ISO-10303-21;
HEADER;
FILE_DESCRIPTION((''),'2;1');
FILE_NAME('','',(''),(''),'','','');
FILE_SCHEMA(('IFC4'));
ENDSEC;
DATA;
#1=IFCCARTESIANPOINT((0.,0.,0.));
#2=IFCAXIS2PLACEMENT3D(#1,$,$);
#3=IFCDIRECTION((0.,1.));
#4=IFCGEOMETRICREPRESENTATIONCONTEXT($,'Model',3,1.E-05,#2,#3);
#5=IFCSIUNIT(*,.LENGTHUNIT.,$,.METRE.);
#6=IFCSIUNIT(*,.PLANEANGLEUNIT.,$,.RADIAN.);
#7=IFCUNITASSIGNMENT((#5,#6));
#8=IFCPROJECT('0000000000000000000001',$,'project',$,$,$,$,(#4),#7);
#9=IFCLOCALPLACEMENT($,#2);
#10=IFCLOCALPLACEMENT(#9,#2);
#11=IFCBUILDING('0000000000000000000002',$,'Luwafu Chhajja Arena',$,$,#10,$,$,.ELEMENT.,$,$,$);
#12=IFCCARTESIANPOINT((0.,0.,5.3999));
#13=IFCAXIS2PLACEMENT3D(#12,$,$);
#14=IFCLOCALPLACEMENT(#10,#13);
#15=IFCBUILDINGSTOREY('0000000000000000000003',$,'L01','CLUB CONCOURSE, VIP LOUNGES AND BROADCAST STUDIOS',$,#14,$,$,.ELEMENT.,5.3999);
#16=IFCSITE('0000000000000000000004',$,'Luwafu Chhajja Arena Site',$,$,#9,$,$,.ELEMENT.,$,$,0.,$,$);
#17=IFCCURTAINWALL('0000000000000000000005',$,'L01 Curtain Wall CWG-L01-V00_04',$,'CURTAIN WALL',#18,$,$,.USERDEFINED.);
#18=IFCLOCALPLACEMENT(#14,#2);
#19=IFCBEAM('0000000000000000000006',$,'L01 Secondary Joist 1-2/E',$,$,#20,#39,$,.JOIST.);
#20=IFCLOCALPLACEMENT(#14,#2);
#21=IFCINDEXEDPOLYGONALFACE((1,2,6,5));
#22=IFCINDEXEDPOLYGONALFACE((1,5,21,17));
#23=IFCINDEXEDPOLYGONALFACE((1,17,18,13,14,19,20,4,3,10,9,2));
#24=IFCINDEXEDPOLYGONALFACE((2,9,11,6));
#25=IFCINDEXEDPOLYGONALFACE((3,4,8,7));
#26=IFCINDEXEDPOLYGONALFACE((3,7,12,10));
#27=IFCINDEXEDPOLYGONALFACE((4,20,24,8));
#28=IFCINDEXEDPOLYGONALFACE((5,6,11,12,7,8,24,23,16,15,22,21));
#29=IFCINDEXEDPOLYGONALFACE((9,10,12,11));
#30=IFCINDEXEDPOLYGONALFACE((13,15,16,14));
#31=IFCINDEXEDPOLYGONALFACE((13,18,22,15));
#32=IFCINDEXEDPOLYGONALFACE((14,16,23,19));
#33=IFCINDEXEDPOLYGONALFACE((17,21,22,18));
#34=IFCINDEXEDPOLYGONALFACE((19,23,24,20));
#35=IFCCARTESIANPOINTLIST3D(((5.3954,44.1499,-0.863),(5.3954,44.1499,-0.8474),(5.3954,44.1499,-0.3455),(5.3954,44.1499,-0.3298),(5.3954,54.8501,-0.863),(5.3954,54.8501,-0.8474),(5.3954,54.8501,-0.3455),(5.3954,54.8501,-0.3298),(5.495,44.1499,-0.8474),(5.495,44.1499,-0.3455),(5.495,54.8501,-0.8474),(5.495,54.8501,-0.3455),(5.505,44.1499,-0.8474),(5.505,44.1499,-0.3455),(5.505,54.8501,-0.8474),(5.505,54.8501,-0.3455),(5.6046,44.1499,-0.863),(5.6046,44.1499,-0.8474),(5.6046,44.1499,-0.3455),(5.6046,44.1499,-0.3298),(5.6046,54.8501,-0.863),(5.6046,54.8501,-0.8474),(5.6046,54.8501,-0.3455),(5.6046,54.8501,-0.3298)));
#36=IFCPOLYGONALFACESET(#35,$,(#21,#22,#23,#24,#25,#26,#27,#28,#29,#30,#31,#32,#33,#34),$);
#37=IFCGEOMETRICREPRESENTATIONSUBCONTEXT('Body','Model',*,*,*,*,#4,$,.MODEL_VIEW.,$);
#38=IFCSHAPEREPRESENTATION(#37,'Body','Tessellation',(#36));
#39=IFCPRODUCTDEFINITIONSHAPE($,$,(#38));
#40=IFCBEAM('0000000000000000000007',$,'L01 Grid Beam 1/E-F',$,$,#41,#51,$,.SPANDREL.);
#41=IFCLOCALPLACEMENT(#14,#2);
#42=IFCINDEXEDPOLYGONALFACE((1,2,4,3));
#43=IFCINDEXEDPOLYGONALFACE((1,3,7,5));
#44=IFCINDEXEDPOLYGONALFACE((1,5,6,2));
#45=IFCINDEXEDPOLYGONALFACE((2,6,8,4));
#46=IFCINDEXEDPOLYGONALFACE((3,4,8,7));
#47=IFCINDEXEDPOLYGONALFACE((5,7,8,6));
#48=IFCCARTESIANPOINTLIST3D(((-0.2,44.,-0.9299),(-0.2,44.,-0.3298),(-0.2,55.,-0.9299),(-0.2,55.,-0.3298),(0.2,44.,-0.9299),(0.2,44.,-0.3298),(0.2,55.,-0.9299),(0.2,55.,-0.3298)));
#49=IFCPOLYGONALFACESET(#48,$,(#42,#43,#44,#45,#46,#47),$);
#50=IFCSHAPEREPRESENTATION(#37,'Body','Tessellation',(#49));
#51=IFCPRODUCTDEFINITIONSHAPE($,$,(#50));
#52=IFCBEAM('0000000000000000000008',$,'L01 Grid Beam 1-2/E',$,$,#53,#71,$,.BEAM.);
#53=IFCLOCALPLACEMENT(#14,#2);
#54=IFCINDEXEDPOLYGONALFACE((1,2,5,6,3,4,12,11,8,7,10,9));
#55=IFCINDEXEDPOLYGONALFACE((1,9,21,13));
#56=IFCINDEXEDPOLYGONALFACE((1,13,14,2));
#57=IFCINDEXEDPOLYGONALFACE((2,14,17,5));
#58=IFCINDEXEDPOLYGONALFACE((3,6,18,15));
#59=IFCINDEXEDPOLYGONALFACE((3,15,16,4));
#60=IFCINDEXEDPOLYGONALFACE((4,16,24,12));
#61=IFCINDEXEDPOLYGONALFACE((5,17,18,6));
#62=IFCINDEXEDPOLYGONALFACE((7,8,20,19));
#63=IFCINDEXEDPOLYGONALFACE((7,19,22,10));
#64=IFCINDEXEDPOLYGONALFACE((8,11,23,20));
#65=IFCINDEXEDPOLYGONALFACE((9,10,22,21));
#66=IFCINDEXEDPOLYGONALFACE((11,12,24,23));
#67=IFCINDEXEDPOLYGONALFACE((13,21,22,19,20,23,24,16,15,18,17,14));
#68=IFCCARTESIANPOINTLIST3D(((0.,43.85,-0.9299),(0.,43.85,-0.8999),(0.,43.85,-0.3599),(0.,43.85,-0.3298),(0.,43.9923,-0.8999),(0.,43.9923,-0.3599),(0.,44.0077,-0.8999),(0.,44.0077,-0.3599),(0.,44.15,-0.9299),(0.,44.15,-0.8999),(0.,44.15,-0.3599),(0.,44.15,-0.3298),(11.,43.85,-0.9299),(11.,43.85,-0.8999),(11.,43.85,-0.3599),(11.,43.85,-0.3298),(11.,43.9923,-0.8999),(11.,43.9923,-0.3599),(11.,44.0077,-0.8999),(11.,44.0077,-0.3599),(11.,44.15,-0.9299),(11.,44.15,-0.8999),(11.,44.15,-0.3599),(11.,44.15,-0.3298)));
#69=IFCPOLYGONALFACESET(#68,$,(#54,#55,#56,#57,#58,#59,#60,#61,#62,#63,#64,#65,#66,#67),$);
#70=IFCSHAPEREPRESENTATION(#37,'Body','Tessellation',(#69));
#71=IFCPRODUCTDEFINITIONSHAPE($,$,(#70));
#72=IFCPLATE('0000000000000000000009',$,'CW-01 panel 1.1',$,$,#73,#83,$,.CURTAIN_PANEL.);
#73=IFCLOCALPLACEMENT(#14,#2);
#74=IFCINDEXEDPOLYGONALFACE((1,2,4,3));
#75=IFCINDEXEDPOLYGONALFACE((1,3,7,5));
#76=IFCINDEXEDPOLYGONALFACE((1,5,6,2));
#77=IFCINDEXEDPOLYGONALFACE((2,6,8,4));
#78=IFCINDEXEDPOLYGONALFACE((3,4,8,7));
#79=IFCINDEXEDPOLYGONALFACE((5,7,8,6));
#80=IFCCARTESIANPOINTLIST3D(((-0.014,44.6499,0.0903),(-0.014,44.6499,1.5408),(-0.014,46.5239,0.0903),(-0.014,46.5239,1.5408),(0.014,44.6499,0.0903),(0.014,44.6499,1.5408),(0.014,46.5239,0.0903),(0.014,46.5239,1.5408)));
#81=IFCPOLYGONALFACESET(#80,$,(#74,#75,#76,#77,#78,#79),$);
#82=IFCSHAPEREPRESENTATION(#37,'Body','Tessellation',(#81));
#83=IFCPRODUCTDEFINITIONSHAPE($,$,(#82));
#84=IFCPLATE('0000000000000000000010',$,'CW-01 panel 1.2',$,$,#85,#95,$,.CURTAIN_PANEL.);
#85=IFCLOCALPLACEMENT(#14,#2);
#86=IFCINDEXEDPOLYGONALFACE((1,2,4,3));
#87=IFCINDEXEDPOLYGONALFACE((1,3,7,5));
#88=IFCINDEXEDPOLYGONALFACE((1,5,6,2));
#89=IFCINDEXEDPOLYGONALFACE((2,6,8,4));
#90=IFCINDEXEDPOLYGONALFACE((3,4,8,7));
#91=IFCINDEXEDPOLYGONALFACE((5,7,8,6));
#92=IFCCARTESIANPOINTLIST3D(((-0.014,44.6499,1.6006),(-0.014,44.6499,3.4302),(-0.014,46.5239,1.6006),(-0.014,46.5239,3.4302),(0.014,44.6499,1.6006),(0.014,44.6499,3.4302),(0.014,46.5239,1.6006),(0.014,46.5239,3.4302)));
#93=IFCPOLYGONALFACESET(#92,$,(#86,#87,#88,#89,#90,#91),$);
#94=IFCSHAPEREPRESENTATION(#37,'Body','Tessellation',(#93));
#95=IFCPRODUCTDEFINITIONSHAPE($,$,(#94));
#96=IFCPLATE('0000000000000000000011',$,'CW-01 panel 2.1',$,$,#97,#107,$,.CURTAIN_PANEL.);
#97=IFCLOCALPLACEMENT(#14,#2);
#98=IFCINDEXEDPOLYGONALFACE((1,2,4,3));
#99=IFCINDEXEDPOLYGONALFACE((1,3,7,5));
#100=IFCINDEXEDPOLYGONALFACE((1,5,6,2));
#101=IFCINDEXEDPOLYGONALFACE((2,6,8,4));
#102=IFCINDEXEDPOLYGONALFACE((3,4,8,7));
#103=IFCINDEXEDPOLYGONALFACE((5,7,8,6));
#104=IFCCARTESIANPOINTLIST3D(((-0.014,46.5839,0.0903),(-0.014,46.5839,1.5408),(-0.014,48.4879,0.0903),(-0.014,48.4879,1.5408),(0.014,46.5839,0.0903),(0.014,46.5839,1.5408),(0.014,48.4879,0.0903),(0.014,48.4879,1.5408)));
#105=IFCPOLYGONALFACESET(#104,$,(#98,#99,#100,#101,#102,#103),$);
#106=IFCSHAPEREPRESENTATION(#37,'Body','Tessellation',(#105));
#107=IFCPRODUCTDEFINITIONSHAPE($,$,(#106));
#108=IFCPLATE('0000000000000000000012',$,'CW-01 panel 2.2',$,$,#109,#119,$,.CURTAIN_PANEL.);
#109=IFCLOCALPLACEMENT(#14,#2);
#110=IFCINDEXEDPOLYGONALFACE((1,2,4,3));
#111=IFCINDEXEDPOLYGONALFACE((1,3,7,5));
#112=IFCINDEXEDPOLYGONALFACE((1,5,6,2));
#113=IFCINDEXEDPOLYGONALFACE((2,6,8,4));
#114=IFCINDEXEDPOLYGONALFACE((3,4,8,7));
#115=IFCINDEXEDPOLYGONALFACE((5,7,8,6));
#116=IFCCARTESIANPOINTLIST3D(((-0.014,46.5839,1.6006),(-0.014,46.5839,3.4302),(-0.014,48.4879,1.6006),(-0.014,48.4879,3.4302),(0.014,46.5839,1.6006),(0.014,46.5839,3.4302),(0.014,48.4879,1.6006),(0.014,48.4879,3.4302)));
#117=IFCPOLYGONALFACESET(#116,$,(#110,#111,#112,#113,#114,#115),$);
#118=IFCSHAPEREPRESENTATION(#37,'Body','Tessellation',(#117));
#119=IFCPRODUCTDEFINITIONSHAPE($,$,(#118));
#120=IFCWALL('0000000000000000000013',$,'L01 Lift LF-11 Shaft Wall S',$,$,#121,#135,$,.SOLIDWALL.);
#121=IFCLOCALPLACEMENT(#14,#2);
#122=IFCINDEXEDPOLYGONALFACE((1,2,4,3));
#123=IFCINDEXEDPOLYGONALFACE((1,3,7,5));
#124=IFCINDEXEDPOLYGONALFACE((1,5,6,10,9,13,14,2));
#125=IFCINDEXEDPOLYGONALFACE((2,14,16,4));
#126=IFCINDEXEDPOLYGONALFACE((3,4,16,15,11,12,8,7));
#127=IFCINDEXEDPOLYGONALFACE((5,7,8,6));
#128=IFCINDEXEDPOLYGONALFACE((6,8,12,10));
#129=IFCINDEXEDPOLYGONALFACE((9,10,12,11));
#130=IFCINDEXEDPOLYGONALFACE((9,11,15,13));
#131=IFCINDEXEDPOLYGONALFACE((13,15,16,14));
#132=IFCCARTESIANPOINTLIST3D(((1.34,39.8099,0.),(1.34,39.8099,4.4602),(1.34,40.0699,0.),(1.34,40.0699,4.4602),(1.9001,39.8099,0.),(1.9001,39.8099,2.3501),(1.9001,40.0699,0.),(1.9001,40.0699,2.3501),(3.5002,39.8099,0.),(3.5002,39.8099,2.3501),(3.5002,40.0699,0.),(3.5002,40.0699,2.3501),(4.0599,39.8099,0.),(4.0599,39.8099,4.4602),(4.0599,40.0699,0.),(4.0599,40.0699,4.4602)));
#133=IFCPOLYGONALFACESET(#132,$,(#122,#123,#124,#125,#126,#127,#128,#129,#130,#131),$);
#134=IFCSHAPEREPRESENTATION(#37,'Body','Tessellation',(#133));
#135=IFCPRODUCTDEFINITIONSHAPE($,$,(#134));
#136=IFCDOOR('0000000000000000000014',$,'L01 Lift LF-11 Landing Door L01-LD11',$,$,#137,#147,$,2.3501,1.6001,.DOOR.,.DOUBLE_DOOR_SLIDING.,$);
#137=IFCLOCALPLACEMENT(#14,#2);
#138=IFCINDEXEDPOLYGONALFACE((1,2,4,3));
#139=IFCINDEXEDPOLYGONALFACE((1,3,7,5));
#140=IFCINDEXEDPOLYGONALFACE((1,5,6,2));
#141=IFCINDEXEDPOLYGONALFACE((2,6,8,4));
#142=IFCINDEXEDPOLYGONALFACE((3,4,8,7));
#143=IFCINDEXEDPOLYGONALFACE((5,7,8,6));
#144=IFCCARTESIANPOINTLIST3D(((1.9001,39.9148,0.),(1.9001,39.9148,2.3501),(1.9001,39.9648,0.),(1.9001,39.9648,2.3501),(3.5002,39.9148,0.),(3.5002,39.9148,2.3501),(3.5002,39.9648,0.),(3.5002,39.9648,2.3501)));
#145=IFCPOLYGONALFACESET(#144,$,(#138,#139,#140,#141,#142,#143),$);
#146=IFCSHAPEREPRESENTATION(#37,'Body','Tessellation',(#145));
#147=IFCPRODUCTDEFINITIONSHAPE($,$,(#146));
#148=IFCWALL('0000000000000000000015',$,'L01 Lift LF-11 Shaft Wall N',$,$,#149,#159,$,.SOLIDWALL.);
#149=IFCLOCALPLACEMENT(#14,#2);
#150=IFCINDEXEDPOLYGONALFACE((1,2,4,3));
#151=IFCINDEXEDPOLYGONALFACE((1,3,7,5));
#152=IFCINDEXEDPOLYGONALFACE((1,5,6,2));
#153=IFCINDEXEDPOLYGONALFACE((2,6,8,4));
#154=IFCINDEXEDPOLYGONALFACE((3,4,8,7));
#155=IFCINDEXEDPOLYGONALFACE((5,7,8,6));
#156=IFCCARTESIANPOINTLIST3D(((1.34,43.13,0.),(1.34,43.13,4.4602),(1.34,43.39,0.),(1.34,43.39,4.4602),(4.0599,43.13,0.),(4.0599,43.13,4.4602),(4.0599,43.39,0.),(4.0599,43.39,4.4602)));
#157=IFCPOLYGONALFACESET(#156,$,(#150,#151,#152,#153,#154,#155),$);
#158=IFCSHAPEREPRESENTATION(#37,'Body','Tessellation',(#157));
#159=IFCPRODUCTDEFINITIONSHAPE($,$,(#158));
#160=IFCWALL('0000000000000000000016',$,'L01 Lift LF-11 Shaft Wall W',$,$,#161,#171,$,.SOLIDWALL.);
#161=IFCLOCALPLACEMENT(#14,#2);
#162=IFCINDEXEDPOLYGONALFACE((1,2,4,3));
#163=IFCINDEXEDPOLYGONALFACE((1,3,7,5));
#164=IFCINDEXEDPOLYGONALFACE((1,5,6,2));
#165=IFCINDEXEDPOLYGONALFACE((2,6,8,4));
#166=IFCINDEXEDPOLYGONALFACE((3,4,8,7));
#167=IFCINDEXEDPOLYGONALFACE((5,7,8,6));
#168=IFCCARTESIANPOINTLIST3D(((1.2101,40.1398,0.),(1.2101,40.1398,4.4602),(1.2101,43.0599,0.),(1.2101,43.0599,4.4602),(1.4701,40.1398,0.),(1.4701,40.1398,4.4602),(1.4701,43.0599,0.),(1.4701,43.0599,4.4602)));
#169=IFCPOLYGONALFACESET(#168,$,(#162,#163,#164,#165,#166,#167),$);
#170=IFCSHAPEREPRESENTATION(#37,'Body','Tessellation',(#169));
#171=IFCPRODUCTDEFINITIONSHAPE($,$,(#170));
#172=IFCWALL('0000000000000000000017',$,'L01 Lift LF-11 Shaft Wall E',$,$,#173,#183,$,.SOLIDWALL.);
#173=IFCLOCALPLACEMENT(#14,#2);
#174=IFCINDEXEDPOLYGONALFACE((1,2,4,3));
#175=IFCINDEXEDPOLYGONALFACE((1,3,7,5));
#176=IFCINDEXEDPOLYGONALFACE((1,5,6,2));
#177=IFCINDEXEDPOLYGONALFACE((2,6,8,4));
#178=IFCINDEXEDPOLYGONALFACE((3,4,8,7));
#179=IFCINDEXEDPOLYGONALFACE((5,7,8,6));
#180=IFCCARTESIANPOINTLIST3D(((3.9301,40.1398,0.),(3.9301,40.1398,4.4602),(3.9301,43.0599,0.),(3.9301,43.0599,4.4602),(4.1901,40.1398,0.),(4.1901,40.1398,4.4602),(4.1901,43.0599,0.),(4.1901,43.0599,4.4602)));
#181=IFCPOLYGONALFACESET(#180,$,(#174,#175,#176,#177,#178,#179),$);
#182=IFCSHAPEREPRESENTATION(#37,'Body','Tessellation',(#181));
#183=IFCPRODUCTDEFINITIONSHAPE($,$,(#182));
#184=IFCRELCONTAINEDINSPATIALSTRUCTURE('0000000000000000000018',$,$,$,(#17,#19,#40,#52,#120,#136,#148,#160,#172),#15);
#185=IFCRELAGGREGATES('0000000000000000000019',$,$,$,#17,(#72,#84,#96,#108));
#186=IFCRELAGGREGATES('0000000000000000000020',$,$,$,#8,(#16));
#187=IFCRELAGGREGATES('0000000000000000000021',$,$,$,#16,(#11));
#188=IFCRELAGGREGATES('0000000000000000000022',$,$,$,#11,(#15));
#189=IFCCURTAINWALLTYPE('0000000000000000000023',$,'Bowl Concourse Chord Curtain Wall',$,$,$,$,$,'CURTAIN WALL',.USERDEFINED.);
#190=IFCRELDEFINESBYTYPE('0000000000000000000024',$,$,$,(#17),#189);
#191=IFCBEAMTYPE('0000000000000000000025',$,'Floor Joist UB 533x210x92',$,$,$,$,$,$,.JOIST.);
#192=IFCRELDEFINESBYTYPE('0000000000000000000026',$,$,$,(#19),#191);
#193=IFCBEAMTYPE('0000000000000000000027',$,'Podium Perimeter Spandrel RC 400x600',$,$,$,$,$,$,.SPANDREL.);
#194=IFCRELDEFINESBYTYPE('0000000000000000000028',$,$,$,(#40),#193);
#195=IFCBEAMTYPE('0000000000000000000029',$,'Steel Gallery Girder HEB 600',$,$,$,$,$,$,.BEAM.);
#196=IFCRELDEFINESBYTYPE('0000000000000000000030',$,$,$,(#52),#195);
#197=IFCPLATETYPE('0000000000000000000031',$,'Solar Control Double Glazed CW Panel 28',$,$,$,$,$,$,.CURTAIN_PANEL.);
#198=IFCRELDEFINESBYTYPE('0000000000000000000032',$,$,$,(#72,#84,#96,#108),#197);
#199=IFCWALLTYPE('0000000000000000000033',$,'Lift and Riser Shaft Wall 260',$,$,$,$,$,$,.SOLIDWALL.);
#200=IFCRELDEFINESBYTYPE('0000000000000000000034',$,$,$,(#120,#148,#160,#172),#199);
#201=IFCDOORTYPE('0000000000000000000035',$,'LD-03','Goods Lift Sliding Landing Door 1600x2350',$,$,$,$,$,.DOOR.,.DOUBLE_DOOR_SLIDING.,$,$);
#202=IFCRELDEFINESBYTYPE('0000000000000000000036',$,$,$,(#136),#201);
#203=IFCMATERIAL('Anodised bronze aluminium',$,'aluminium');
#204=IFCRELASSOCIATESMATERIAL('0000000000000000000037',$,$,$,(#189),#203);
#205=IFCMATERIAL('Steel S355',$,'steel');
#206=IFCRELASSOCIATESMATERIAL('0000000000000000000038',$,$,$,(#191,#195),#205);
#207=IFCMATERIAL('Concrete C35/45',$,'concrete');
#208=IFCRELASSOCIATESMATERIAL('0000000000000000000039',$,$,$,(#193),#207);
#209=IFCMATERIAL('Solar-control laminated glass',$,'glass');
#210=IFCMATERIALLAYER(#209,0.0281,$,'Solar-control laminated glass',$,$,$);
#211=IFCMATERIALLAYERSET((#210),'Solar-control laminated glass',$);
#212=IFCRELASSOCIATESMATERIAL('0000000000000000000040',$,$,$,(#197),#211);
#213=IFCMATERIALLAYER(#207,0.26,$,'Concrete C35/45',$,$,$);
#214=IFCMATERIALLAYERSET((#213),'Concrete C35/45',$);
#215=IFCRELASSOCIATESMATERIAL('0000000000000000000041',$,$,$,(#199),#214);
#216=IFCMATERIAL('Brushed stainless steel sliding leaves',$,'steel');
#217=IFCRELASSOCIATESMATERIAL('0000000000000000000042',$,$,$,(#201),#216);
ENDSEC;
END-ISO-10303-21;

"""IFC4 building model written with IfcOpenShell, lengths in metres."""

from ifc_helpers import new_model, si_unit, direction, frame, frame_2d, origin, origin_2d, place, context, subcontext, project, spatial, rectangle, i_section, extrude, material, layer, layer_set, material_profile, profile_set, type_object, element, fill, aggregate, save


model = new_model("IFC4")

# Units and contexts
model_context = context("Model", 3, precision=1e-05, world=origin(), true_north=direction((0.0, 1.0)))
body_context = subcontext(model_context, "Body", "Model", "MODEL_VIEW")
ifc_project = project(units=[si_unit("LENGTHUNIT", "METRE"), si_unit("PLANEANGLEUNIT", "RADIAN")], contexts=[model_context])

# Site, building, storey
site_placement = place(None, origin())
site = spatial("IfcSite", under=ifc_project, at=site_placement, Name="Luwafu Chhajja Arena Site", CompositionType="ELEMENT", RefElevation=0.0)
building_placement = place(site_placement, origin())
building = spatial("IfcBuilding", under=site, at=building_placement, Name="Luwafu Chhajja Arena", CompositionType="ELEMENT")
storey_placement = place(building_placement, frame((0.0, 0.0, 5.3999)))
storey = spatial("IfcBuildingStorey", under=building, at=storey_placement, Name="L01", Description="CLUB CONCOURSE, VIP LOUNGES AND BROADCAST STUDIOS", CompositionType="ELEMENT", Elevation=5.3999)

# Curtain wall
ifc_material_1 = material(Name="Anodised bronze aluminium", Category="aluminium")
curtain_wall_type = type_object("IfcCurtainWallType", Name="Bowl Concourse Chord Curtain Wall", ElementType="CURTAIN WALL", PredefinedType="USERDEFINED", material=ifc_material_1)
curtain_wall_placement = place(storey_placement, origin())
curtain_wall = element("IfcCurtainWall", 1, at=curtain_wall_placement, inside=storey, type_object=curtain_wall_type, Name="L01 Curtain Wall CWG-L01-V00_04", ObjectType="CURTAIN WALL", PredefinedType="USERDEFINED")

# Beams
ifc_material_2 = material(Name="Steel S355", Category="steel")
ifc_material_profile_1 = material_profile(ifc_material_2, i_section(OverallWidth=0.2092, OverallDepth=0.5332, WebThickness=0.01, FlangeThickness=0.0156, at=origin_2d()), Name="UB 533x210x92")
ifc_profile_set_1 = profile_set([ifc_material_profile_1], Name="Steel S355")
beam_type_1 = type_object("IfcBeamType", Name="Floor Joist UB 533x210x92", PredefinedType="JOIST", material=ifc_profile_set_1)
beam_1_placement = place(storey_placement, frame((5.5, 44.1499, -0.5964), z_axis=(0.0, 1.0, 0.0), x_axis=(-1.0, 0.0, 0.0)))
element("IfcBeam", 2, at=beam_1_placement, inside=storey, type_object=beam_type_1, Name="L01 Secondary Joist 1-2/E", PredefinedType="JOIST", context=body_context, shape_type="SweptSolid", body=[
    extrude(i_section(OverallWidth=0.2092, OverallDepth=0.5332, WebThickness=0.01, FlangeThickness=0.0156, at=origin_2d()), origin(), (0.0, 0.0, 1.0), 10.7002),
])
ifc_material_3 = material(Name="Concrete C35/45", Category="concrete")
ifc_material_profile_2 = material_profile(ifc_material_3, rectangle(XDim=0.3999, YDim=0.6001, at=origin_2d()), Name="RC 400x600")
ifc_profile_set_2 = profile_set([ifc_material_profile_2], Name="Concrete C35/45")
beam_type_2 = type_object("IfcBeamType", Name="Podium Perimeter Spandrel RC 400x600", PredefinedType="SPANDREL", material=ifc_profile_set_2)
beam_2_placement = place(storey_placement, frame((0.0, 44.0, -0.6299), z_axis=(0.0, 1.0, 0.0), x_axis=(-1.0, 0.0, 0.0)))
element("IfcBeam", 3, at=beam_2_placement, inside=storey, type_object=beam_type_2, Name="L01 Grid Beam 1/E-F", PredefinedType="SPANDREL", context=body_context, shape_type="SweptSolid", body=[
    extrude(rectangle(XDim=0.3999, YDim=0.6001, at=origin_2d()), origin(), (0.0, 0.0, 1.0), 11.0),
])
ifc_material_profile_3 = material_profile(ifc_material_2, i_section(OverallWidth=0.3, OverallDepth=0.6001, WebThickness=0.0154, FlangeThickness=0.03, at=origin_2d()), Name="HEB 600")
ifc_profile_set_3 = profile_set([ifc_material_profile_3], Name="Steel S355")
beam_type_3 = type_object("IfcBeamType", Name="Steel Gallery Girder HEB 600", PredefinedType="BEAM", material=ifc_profile_set_3)
beam_3_placement = place(storey_placement, frame((0.0, 44.0, -0.6299), z_axis=(1.0, 0.0, 0.0), x_axis=(0.0, 1.0, 0.0)))
element("IfcBeam", 4, at=beam_3_placement, inside=storey, type_object=beam_type_3, Name="L01 Grid Beam 1-2/E", PredefinedType="BEAM", context=body_context, shape_type="SweptSolid", body=[
    extrude(i_section(OverallWidth=0.3, OverallDepth=0.6001, WebThickness=0.0154, FlangeThickness=0.03, at=origin_2d()), origin(), (0.0, 0.0, 1.0), 11.0),
])

# Plates
ifc_material_4 = material(Name="Solar-control laminated glass", Category="glass")
ifc_layer_1 = layer(ifc_material_4, 0.0281, Name="Solar-control laminated glass")
ifc_layer_set_1 = layer_set([ifc_layer_1], Name="Solar-control laminated glass")
plate_type = type_object("IfcPlateType", Name="Solar Control Double Glazed CW Panel 28", PredefinedType="CURTAIN_PANEL", material=ifc_layer_set_1)
plate_1_placement = place(storey_placement, frame((0.0, 45.5869, 0.0903), z_axis=(0.0, 0.0, 1.0), x_axis=(0.0, 1.0, 0.0)))
plate_1 = element("IfcPlate", 5, at=plate_1_placement, type_object=plate_type, Name="CW-01 panel 1.1", PredefinedType="CURTAIN_PANEL", context=body_context, shape_type="SweptSolid", body=[
    extrude(rectangle(XDim=1.874, YDim=0.0281, at=origin_2d()), origin(), (0.0, 0.0, 1.0), 1.4504),
])
plate_2_placement = place(storey_placement, frame((0.0, 45.5869, 1.6006), z_axis=(0.0, 0.0, 1.0), x_axis=(0.0, 1.0, 0.0)))
plate_2 = element("IfcPlate", 6, at=plate_2_placement, type_object=plate_type, Name="CW-01 panel 1.2", PredefinedType="CURTAIN_PANEL", context=body_context, shape_type="SweptSolid", body=[
    extrude(rectangle(XDim=1.874, YDim=0.0281, at=origin_2d()), origin(), (0.0, 0.0, 1.0), 1.8296),
])
plate_3_placement = place(storey_placement, frame((0.0, 47.5359, 0.0903), z_axis=(0.0, 0.0, 1.0), x_axis=(0.0, 1.0, 0.0)))
plate_3 = element("IfcPlate", 7, at=plate_3_placement, type_object=plate_type, Name="CW-01 panel 2.1", PredefinedType="CURTAIN_PANEL", context=body_context, shape_type="SweptSolid", body=[
    extrude(rectangle(XDim=1.9041, YDim=0.0281, at=origin_2d()), origin(), (0.0, 0.0, 1.0), 1.4504),
])
plate_4_placement = place(storey_placement, frame((0.0, 47.5359, 1.6006), z_axis=(0.0, 0.0, 1.0), x_axis=(0.0, 1.0, 0.0)))
plate_4 = element("IfcPlate", 8, at=plate_4_placement, type_object=plate_type, Name="CW-01 panel 2.2", PredefinedType="CURTAIN_PANEL", context=body_context, shape_type="SweptSolid", body=[
    extrude(rectangle(XDim=1.9041, YDim=0.0281, at=origin_2d()), origin(), (0.0, 0.0, 1.0), 1.8296),
])
aggregate(curtain_wall, [plate_1, plate_2, plate_3, plate_4])

# Wall, opening, door
ifc_layer_2 = layer(ifc_material_3, 0.26, Name="Concrete C35/45")
ifc_layer_set_2 = layer_set([ifc_layer_2], Name="Concrete C35/45")
wall_type_1 = type_object("IfcWallType", Name="Lift and Riser Shaft Wall 260", PredefinedType="SOLIDWALL", material=ifc_layer_set_2)
wall_1_placement = place(storey_placement, frame((1.3401, 39.9399, 0.0), z_axis=(0.0, 0.0, 1.0), x_axis=(1.0, 0.0, 0.0)))
wall_1 = element("IfcWall", 9, at=wall_1_placement, inside=storey, type_object=wall_type_1, Name="L01 Lift LF-11 Shaft Wall S", PredefinedType="SOLIDWALL", context=body_context, shape_type="SweptSolid", body=[
    extrude(rectangle(XDim=2.72, YDim=0.26, at=frame_2d((1.3599, 0.0))), origin(), (0.0, 0.0, 1.0), 4.4602),
])
opening_1_placement = place(wall_1_placement, frame((0.5601, 0.0, 0.0)))
opening_1 = element("IfcOpeningElement", 10, at=opening_1_placement, cuts=wall_1, PredefinedType="OPENING", context=body_context, shape_type="SweptSolid", body=[
    extrude(rectangle(XDim=1.6001, YDim=2.3501, at=frame_2d((0.8, 1.175))), frame((0.0, 0.1399, 0.0), z_axis=(0.0, -1.0, 0.0), x_axis=(1.0, 0.0, 0.0)), (0.0, 0.0, 1.0), 0.28),
])
ifc_material_5 = material(Name="Brushed stainless steel sliding leaves", Category="steel")
door_type = type_object("IfcDoorType", Name="LD-03", Description="Goods Lift Sliding Landing Door 1600x2350", OperationType="DOUBLE_DOOR_SLIDING", PredefinedType="DOOR", material=ifc_material_5)
door_placement = place(opening_1_placement, origin())
door = element("IfcDoor", 11, at=door_placement, inside=storey, type_object=door_type, Name="L01 Lift LF-11 Landing Door L01-LD11", OperationType="DOUBLE_DOOR_SLIDING", OverallHeight=2.3501, OverallWidth=1.6001, PredefinedType="DOOR", context=body_context, shape_type="SweptSolid", body=[
    extrude(rectangle(XDim=1.6001, YDim=2.3501, at=frame_2d((0.8, 1.175))), frame((0.0, 0.0249, 0.0), z_axis=(0.0, -1.0, 0.0), x_axis=(1.0, 0.0, 0.0)), (0.0, 0.0, 1.0), 0.05),
])
fill(opening_1, door)

# Walls
wall_2_placement = place(storey_placement, frame((1.3401, 43.26, 0.0), z_axis=(0.0, 0.0, 1.0), x_axis=(1.0, 0.0, 0.0)))
element("IfcWall", 12, at=wall_2_placement, inside=storey, type_object=wall_type_1, Name="L01 Lift LF-11 Shaft Wall N", PredefinedType="SOLIDWALL", context=body_context, shape_type="SweptSolid", body=[
    extrude(rectangle(XDim=2.72, YDim=0.26, at=frame_2d((1.3599, 0.0))), origin(), (0.0, 0.0, 1.0), 4.4602),
])
for number, where, z_axis, x_axis, name in (
    (13, (1.3401, 40.1399, 0.0), (0.0, 0.0, 1.0), (0.0, 1.0, 0.0), "L01 Lift LF-11 Shaft Wall W"),
    (14, (4.0601, 40.1399, 0.0), (0.0, 0.0, 1.0), (0.0, 1.0, 0.0), "L01 Lift LF-11 Shaft Wall E"),
):
    element("IfcWall", number, at=place(storey_placement, frame(where, z_axis=z_axis, x_axis=x_axis)), inside=storey, type_object=wall_type_1, Name=name, PredefinedType="SOLIDWALL", context=body_context, shape_type="SweptSolid", body=[
        extrude(rectangle(XDim=2.9202, YDim=0.26, at=frame_2d((1.46, 0.0))), origin(), (0.0, 0.0, 1.0), 4.4602),
    ])

save(model, "model.ifc")
